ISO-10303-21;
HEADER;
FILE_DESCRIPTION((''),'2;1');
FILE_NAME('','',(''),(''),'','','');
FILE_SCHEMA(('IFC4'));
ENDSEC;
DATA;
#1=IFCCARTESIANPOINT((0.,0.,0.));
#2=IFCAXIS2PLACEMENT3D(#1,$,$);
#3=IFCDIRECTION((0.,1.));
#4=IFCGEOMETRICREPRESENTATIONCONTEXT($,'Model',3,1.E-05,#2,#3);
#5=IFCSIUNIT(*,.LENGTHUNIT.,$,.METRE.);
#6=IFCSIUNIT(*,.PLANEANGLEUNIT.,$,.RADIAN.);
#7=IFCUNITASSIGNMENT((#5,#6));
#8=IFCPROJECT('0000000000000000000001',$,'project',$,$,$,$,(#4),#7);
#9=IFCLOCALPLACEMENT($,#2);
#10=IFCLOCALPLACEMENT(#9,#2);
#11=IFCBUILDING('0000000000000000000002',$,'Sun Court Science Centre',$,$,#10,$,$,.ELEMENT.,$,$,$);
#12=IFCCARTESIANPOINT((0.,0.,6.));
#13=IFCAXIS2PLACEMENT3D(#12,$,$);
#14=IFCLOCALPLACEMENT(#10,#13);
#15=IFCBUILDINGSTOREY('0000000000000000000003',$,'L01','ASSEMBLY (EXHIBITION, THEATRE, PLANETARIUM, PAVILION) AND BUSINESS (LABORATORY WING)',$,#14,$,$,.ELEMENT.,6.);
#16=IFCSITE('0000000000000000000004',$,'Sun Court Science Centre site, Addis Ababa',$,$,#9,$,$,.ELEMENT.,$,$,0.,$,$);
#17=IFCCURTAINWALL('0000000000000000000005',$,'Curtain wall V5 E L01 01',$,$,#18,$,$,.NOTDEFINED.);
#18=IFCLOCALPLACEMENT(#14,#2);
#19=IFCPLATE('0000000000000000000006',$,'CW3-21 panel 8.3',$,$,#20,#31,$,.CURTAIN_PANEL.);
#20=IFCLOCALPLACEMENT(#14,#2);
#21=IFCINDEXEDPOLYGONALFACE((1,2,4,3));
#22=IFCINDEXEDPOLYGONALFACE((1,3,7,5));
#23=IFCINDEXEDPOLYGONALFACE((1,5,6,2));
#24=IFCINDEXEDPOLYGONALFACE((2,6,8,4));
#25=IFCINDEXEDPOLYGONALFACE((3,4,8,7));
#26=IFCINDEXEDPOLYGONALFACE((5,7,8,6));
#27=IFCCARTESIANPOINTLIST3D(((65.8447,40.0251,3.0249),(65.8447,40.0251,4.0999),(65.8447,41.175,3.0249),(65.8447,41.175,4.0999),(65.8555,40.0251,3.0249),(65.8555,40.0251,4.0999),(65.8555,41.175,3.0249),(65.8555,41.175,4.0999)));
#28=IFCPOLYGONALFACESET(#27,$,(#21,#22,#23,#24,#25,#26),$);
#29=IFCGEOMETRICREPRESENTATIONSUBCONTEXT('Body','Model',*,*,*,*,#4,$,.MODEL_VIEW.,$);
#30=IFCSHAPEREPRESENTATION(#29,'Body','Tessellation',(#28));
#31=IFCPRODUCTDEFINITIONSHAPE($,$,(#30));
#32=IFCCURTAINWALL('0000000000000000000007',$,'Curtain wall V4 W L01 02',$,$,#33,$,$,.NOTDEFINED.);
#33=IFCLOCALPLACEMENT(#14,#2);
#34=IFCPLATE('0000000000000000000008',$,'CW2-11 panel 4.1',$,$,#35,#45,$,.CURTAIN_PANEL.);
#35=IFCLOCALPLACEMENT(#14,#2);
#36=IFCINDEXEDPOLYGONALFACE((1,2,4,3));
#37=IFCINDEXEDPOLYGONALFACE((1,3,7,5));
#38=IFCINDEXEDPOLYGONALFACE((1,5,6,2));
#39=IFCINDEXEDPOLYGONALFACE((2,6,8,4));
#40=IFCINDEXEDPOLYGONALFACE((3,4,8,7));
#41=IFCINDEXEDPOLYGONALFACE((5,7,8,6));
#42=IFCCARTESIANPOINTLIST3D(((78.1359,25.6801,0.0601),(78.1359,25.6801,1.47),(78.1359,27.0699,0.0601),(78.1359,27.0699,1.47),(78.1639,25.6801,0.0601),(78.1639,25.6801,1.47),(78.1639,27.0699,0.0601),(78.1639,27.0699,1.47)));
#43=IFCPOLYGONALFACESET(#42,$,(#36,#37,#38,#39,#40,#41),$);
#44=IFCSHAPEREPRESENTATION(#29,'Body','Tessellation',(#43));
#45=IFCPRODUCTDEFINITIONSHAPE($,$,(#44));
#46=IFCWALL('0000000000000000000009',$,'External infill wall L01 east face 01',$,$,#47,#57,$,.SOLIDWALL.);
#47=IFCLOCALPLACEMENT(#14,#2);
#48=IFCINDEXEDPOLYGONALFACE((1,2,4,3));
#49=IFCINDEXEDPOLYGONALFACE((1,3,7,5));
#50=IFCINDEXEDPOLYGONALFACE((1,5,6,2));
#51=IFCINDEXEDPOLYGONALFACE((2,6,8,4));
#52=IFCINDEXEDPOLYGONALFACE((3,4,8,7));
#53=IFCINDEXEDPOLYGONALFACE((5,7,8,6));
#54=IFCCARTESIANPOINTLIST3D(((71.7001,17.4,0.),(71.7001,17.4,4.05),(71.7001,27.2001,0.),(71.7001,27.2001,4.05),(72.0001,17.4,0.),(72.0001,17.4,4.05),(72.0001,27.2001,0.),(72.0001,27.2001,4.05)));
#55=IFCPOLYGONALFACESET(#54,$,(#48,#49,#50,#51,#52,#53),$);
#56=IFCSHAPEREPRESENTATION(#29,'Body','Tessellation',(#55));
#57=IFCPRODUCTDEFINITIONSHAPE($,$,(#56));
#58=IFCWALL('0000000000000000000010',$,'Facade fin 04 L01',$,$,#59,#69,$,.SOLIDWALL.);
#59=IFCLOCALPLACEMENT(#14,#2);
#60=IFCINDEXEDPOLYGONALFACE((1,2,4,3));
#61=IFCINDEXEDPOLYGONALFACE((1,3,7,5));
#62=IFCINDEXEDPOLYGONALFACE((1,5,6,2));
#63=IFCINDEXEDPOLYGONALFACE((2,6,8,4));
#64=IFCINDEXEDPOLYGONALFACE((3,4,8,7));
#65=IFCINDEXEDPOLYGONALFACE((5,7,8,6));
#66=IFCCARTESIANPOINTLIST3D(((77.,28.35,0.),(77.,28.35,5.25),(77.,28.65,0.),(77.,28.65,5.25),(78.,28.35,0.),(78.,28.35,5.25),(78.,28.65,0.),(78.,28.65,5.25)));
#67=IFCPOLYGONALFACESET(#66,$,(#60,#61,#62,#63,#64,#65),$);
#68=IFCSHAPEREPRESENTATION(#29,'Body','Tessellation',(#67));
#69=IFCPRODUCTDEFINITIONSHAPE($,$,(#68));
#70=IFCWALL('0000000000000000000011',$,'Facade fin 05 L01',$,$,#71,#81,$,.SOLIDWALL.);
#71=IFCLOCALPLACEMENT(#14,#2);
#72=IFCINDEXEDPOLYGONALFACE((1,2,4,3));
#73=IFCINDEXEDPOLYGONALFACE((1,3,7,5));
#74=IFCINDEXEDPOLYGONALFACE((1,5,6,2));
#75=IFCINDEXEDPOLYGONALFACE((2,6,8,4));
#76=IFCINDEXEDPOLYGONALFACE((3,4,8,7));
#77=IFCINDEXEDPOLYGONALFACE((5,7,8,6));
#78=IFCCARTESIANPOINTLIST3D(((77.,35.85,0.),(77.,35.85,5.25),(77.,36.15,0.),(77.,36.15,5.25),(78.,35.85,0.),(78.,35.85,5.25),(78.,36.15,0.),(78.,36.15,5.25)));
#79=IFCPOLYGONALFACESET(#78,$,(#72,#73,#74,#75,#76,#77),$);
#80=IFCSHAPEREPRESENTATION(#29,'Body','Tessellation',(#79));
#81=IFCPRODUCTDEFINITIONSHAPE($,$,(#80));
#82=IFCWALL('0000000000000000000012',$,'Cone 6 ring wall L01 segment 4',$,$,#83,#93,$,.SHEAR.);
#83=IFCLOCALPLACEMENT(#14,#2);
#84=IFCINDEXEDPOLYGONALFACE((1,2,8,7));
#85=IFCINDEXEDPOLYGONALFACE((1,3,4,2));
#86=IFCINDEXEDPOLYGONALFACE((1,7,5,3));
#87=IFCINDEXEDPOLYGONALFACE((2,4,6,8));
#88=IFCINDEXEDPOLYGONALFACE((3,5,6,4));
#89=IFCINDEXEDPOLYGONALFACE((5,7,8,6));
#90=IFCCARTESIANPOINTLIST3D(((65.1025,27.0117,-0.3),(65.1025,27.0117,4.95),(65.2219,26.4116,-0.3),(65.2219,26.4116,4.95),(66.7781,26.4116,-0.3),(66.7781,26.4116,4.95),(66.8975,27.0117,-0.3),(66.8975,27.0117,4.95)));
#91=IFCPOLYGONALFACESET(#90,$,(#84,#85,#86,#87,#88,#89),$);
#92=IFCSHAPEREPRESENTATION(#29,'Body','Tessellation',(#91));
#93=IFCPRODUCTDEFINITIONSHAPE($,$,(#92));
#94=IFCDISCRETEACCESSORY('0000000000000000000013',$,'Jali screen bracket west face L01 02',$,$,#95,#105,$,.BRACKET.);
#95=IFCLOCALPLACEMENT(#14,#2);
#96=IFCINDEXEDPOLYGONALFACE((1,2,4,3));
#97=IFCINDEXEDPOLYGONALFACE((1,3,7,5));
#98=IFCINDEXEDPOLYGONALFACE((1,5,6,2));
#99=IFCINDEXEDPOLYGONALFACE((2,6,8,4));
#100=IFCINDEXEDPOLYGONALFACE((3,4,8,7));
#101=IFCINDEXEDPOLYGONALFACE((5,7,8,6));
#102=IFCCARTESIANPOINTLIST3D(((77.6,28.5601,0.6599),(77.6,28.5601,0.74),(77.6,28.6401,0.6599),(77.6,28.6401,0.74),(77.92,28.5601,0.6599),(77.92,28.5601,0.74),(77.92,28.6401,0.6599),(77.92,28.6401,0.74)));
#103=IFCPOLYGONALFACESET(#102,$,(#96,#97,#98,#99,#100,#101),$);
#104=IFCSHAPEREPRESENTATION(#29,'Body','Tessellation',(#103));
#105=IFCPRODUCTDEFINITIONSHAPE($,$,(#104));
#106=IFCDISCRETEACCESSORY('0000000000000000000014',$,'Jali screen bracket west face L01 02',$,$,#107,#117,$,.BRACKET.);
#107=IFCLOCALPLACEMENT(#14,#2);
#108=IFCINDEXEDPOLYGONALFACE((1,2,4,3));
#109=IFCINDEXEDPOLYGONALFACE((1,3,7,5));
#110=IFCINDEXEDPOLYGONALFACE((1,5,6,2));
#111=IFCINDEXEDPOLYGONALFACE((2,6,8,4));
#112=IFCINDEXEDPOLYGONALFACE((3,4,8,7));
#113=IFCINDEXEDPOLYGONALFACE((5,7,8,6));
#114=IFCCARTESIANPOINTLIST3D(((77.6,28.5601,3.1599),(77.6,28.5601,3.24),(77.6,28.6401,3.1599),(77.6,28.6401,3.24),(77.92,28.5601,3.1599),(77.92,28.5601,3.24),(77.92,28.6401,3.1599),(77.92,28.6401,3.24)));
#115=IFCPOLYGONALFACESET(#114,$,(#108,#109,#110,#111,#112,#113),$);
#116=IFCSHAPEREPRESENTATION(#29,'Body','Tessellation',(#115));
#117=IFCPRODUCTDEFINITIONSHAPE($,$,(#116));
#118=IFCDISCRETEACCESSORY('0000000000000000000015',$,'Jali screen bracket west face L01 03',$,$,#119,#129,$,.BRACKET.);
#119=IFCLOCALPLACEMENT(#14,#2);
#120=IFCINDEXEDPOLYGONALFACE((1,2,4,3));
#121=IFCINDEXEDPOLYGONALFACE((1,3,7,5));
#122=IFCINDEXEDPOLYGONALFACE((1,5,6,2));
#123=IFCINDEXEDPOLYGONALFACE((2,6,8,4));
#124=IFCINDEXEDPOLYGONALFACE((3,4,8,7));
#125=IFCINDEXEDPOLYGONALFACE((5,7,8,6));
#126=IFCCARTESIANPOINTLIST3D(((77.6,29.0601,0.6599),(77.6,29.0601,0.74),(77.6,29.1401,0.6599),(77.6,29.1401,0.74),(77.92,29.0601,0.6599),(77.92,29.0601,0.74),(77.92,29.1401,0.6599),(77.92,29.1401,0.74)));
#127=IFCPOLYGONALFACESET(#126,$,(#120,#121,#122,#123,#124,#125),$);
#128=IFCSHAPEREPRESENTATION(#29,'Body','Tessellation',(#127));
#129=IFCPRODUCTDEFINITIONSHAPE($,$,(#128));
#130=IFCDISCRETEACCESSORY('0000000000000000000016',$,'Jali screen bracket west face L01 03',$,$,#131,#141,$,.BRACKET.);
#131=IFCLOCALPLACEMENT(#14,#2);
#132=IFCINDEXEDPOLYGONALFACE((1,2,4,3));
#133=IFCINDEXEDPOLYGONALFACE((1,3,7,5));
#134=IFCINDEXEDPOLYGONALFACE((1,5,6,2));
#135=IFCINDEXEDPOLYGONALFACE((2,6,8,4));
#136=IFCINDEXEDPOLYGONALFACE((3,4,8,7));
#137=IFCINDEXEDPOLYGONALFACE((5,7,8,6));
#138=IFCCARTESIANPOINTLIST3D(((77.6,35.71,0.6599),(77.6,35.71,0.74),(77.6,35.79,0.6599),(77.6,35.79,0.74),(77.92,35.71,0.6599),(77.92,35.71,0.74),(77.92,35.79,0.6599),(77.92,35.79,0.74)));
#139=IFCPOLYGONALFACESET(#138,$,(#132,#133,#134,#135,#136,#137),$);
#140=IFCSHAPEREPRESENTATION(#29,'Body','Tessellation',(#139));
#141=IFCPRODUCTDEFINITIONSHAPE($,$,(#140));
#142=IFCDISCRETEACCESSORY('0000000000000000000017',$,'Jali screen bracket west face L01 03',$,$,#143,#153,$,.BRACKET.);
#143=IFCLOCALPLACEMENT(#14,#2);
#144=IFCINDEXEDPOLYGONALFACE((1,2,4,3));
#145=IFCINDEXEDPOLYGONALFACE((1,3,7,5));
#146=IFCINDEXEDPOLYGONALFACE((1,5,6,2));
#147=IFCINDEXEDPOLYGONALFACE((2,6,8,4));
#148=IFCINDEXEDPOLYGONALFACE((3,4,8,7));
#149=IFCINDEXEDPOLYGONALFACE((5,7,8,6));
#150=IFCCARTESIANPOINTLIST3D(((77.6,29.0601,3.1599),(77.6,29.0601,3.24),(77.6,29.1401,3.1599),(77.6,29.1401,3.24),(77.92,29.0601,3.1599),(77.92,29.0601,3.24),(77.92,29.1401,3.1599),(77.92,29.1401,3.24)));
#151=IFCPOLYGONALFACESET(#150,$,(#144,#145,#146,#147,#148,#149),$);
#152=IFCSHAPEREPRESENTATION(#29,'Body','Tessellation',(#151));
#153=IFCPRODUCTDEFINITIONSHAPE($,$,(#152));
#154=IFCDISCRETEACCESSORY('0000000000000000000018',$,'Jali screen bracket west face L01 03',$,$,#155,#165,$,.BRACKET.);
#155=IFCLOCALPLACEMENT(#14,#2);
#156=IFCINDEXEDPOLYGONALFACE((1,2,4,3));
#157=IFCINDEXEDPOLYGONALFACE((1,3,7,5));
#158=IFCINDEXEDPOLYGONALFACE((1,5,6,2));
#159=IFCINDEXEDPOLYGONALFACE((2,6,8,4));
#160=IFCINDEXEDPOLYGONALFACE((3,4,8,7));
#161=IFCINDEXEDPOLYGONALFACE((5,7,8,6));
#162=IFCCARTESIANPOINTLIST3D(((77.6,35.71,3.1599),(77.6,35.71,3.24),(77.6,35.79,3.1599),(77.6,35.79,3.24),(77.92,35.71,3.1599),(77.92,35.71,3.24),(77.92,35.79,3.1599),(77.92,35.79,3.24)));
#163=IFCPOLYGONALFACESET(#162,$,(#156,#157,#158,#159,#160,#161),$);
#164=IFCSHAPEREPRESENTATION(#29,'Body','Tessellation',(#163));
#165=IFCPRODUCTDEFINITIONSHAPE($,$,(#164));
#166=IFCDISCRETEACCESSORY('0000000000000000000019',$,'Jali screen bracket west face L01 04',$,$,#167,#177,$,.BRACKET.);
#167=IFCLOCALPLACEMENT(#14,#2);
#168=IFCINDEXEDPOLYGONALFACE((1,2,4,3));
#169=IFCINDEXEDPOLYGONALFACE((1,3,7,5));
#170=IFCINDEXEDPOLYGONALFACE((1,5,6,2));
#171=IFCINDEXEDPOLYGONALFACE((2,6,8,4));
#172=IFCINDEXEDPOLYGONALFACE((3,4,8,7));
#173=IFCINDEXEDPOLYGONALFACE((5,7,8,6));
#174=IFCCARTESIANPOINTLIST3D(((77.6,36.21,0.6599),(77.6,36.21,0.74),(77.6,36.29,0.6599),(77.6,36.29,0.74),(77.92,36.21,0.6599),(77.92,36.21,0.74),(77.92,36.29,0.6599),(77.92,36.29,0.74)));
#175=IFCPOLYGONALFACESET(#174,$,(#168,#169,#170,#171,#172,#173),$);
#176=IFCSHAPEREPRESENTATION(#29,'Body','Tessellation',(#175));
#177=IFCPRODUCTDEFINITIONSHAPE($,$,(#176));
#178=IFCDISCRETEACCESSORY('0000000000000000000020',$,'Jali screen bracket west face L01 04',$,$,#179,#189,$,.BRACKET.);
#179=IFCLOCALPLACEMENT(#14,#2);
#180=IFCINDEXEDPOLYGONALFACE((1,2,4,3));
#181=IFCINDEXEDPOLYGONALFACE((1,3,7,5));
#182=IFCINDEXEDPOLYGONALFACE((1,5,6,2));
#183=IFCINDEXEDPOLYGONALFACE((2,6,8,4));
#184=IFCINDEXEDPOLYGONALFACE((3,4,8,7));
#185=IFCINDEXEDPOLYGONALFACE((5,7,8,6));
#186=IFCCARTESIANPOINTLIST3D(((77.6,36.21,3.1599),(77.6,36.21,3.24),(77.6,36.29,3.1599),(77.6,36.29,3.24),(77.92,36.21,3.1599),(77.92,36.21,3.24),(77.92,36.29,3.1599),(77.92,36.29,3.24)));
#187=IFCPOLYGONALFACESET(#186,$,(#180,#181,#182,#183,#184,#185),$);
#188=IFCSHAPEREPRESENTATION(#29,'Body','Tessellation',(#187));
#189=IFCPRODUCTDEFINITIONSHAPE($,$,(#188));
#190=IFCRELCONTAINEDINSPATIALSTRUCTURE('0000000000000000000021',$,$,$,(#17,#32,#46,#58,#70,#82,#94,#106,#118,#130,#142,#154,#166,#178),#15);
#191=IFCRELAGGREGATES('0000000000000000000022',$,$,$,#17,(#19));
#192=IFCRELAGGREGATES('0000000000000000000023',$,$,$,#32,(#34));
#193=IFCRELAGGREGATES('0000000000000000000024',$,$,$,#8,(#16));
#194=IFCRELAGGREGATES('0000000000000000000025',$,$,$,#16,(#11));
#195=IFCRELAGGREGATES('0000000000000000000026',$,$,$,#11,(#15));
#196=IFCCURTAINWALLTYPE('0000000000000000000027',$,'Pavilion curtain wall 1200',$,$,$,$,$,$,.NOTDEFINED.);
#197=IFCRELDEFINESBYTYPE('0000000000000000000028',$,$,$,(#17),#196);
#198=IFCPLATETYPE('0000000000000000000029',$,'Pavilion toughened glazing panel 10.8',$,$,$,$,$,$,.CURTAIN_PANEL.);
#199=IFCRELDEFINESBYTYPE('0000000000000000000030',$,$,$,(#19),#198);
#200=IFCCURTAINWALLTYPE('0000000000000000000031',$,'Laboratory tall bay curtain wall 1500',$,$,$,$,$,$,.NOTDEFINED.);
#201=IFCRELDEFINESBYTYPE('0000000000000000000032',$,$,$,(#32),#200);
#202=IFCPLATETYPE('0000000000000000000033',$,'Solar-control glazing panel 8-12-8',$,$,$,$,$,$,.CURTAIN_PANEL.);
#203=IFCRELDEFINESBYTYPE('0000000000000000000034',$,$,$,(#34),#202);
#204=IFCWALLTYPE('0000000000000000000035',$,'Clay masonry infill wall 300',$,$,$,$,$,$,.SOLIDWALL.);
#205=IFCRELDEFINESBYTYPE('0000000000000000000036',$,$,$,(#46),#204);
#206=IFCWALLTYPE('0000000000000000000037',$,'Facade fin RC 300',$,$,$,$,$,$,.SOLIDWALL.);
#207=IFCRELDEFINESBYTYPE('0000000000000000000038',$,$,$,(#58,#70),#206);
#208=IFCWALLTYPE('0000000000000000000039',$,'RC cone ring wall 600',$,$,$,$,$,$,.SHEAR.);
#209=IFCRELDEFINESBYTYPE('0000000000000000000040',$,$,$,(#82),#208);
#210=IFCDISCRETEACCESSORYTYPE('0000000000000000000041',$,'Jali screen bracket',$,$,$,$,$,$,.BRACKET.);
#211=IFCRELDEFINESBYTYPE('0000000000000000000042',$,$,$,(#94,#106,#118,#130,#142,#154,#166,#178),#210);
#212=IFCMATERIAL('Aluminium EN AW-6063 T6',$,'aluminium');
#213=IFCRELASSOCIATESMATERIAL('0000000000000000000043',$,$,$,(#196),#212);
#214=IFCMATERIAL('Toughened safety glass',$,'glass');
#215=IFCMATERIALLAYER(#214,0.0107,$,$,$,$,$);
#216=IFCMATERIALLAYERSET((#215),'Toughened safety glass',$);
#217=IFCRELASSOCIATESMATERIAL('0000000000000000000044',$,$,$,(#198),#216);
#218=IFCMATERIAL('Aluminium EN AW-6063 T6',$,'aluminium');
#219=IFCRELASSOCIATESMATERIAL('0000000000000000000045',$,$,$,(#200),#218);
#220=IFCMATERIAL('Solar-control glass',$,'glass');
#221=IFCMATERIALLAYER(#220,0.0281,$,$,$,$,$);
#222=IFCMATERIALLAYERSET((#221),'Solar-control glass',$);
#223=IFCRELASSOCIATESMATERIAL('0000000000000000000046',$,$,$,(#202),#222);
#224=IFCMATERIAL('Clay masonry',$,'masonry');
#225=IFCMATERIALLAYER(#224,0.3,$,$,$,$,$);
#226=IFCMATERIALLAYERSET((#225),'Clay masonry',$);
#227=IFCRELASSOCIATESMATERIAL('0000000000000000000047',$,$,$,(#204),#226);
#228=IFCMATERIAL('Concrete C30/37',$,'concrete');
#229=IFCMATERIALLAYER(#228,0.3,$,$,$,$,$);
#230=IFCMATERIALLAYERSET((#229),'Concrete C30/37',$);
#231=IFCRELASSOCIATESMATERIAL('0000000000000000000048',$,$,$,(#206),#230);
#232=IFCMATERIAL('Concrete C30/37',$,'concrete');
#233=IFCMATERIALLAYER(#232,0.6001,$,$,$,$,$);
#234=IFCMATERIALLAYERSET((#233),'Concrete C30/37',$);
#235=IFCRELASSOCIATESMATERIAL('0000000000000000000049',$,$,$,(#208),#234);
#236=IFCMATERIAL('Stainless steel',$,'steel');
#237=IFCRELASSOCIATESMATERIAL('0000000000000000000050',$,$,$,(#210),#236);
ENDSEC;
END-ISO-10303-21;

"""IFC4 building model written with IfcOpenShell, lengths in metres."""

from ifc_helpers import new_model, si_unit, direction, frame, frame_2d, origin, origin_2d, place, context, subcontext, project, spatial, polyline, rectangle, outline, extrude, material, layer, layer_set, type_object, element, aggregate, save


model = new_model("IFC4")

# Units and contexts
model_context = context("Model", 3, precision=1e-05, world=origin(), true_north=direction((0.0, 1.0)))
body_context = subcontext(model_context, "Body", "Model", "MODEL_VIEW")
ifc_project = project(units=[si_unit("LENGTHUNIT", "METRE"), si_unit("PLANEANGLEUNIT", "RADIAN")], contexts=[model_context])

# Site, building, storey
site_placement = place(None, origin())
site = spatial("IfcSite", under=ifc_project, at=site_placement, Name="Sun Court Science Centre site, Addis Ababa", CompositionType="ELEMENT", RefElevation=0.0)
building_placement = place(site_placement, origin())
building = spatial("IfcBuilding", under=site, at=building_placement, Name="Sun Court Science Centre", CompositionType="ELEMENT")
storey_placement = place(building_placement, frame((0.0, 0.0, 6.0)))
storey = spatial("IfcBuildingStorey", under=building, at=storey_placement, Name="L01", Description="ASSEMBLY (EXHIBITION, THEATRE, PLANETARIUM, PAVILION) AND BUSINESS (LABORATORY WING)", CompositionType="ELEMENT", Elevation=6.0)

# Curtain wall
ifc_material_1 = material(Name="Aluminium EN AW-6063 T6", Category="aluminium")
curtain_wall_type_1 = type_object("IfcCurtainWallType", Name="Pavilion curtain wall 1200", PredefinedType="NOTDEFINED", material=ifc_material_1)
curtain_wall_1_placement = place(storey_placement, origin())
curtain_wall_1 = element("IfcCurtainWall", 1, at=curtain_wall_1_placement, inside=storey, type_object=curtain_wall_type_1, Name="Curtain wall V5 E L01 01", PredefinedType="NOTDEFINED")

# Plate
ifc_material_2 = material(Name="Toughened safety glass", Category="glass")
ifc_layer_1 = layer(ifc_material_2, 0.0107)
ifc_layer_set_1 = layer_set([ifc_layer_1], Name="Toughened safety glass")
plate_type_1 = type_object("IfcPlateType", Name="Pavilion toughened glazing panel 10.8", PredefinedType="CURTAIN_PANEL", material=ifc_layer_set_1)
plate_1_placement = place(storey_placement, frame((65.8501, 40.6001, 3.0249), z_axis=(0.0, 0.0, 1.0), x_axis=(0.0, -1.0, 0.0)))
plate_1 = element("IfcPlate", 2, at=plate_1_placement, type_object=plate_type_1, Name="CW3-21 panel 8.3", PredefinedType="CURTAIN_PANEL", context=body_context, shape_type="SweptSolid", body=[
    extrude(rectangle(XDim=1.1499, YDim=0.0107, at=origin_2d()), origin(), (0.0, 0.0, 1.0), 1.075),
])
aggregate(curtain_wall_1, [plate_1])

# Curtain wall, plate
ifc_material_3 = material(Name="Aluminium EN AW-6063 T6", Category="aluminium")
curtain_wall_type_2 = type_object("IfcCurtainWallType", Name="Laboratory tall bay curtain wall 1500", PredefinedType="NOTDEFINED", material=ifc_material_3)
curtain_wall_2_placement = place(storey_placement, origin())
curtain_wall_2 = element("IfcCurtainWall", 3, at=curtain_wall_2_placement, inside=storey, type_object=curtain_wall_type_2, Name="Curtain wall V4 W L01 02", PredefinedType="NOTDEFINED")
ifc_material_4 = material(Name="Solar-control glass", Category="glass")
ifc_layer_2 = layer(ifc_material_4, 0.0281)
ifc_layer_set_2 = layer_set([ifc_layer_2], Name="Solar-control glass")
plate_type_2 = type_object("IfcPlateType", Name="Solar-control glazing panel 8-12-8", PredefinedType="CURTAIN_PANEL", material=ifc_layer_set_2)
plate_2_placement = place(storey_placement, frame((78.1499, 26.375, 0.0601), z_axis=(0.0, 0.0, 1.0), x_axis=(0.0, 1.0, 0.0)))
plate_2 = element("IfcPlate", 4, at=plate_2_placement, type_object=plate_type_2, Name="CW2-11 panel 4.1", PredefinedType="CURTAIN_PANEL", context=body_context, shape_type="SweptSolid", body=[
    extrude(rectangle(XDim=1.3899, YDim=0.0281, at=origin_2d()), origin(), (0.0, 0.0, 1.0), 1.4099),
])
aggregate(curtain_wall_2, [plate_2])

# Walls
ifc_material_5 = material(Name="Clay masonry", Category="masonry")
ifc_layer_3 = layer(ifc_material_5, 0.3)
ifc_layer_set_3 = layer_set([ifc_layer_3], Name="Clay masonry")
wall_type_1 = type_object("IfcWallType", Name="Clay masonry infill wall 300", PredefinedType="SOLIDWALL", material=ifc_layer_set_3)
wall_1_placement = place(storey_placement, frame((71.8501, 27.2, 0.0), z_axis=(0.0, 0.0, 1.0), x_axis=(0.0, -1.0, 0.0)))
element("IfcWall", 5, at=wall_1_placement, inside=storey, type_object=wall_type_1, Name="External infill wall L01 east face 01", PredefinedType="SOLIDWALL", context=body_context, shape_type="SweptSolid", body=[
    extrude(rectangle(XDim=9.8, YDim=0.3, at=frame_2d((4.8999, 0.0))), origin(), (0.0, 0.0, 1.0), 4.05),
])
ifc_material_6 = material(Name="Concrete C30/37", Category="concrete")
ifc_layer_4 = layer(ifc_material_6, 0.3)
ifc_layer_set_4 = layer_set([ifc_layer_4], Name="Concrete C30/37")
wall_type_2 = type_object("IfcWallType", Name="Facade fin RC 300", PredefinedType="SOLIDWALL", material=ifc_layer_set_4)
for number, where, z_axis, x_axis, name in (
    (6, (77.0, 28.5, 0.0), (0.0, 0.0, 1.0), (1.0, 0.0, 0.0), "Facade fin 04 L01"),
    (7, (77.0, 36.0, 0.0), (0.0, 0.0, 1.0), (1.0, 0.0, 0.0), "Facade fin 05 L01"),
):
    element("IfcWall", number, at=place(storey_placement, frame(where, z_axis=z_axis, x_axis=x_axis)), inside=storey, type_object=wall_type_2, Name=name, PredefinedType="SOLIDWALL", context=body_context, shape_type="SweptSolid", body=[
        extrude(rectangle(XDim=1.0, YDim=0.3, at=frame_2d((0.5, 0.0))), origin(), (0.0, 0.0, 1.0), 5.25),
    ])
ifc_material_7 = material(Name="Concrete C30/37", Category="concrete")
ifc_layer_5 = layer(ifc_material_7, 0.6001)
ifc_layer_set_5 = layer_set([ifc_layer_5], Name="Concrete C30/37")
wall_type_3 = type_object("IfcWallType", Name="RC cone ring wall 600", PredefinedType="SHEAR", material=ifc_layer_set_5)
wall_2_placement = place(storey_placement, frame((66.8975, 26.7117, -0.3), z_axis=(0.0, 0.0, 1.0), x_axis=(-1.0, 0.0, 0.0)))
element("IfcWall", 8, at=wall_2_placement, inside=storey, type_object=wall_type_3, Name="Cone 6 ring wall L01 segment 4", PredefinedType="SHEAR", context=body_context, shape_type="SweptSolid", body=[
    extrude(outline(polyline([(0.0, -0.3), (1.7949, -0.3), (1.6755, 0.3), (0.1194, 0.3), (0.0, -0.3)])), origin(), (0.0, 0.0, 1.0), 5.25),
])

# Discrete accessories
ifc_material_8 = material(Name="Stainless steel", Category="steel")
discrete_accessory_type = type_object("IfcDiscreteAccessoryType", Name="Jali screen bracket", PredefinedType="BRACKET", material=ifc_material_8)
for number, where, z_axis, x_axis, name in (
    (9, (77.76, 28.6001, 0.6599), (0.0, 0.0, 1.0), (0.0, 1.0, 0.0), "Jali screen bracket west face L01 02"),
    (10, (77.76, 28.6001, 3.1599), (0.0, 0.0, 1.0), (0.0, 1.0, 0.0), "Jali screen bracket west face L01 02"),
    (11, (77.76, 29.1001, 0.6599), (0.0, 0.0, 1.0), (0.0, 1.0, 0.0), "Jali screen bracket west face L01 03"),
    (12, (77.76, 35.75, 0.6599), (0.0, 0.0, 1.0), (0.0, 1.0, 0.0), "Jali screen bracket west face L01 03"),
    (13, (77.76, 29.1001, 3.1599), (0.0, 0.0, 1.0), (0.0, 1.0, 0.0), "Jali screen bracket west face L01 03"),
    (14, (77.76, 35.75, 3.1599), (0.0, 0.0, 1.0), (0.0, 1.0, 0.0), "Jali screen bracket west face L01 03"),
    (15, (77.76, 36.25, 0.6599), (0.0, 0.0, 1.0), (0.0, 1.0, 0.0), "Jali screen bracket west face L01 04"),
    (16, (77.76, 36.25, 3.1599), (0.0, 0.0, 1.0), (0.0, 1.0, 0.0), "Jali screen bracket west face L01 04"),
):
    element("IfcDiscreteAccessory", number, at=place(storey_placement, frame(where, z_axis=z_axis, x_axis=x_axis)), inside=storey, type_object=discrete_accessory_type, Name=name, PredefinedType="BRACKET", context=body_context, shape_type="SweptSolid", body=[
        extrude(rectangle(XDim=0.0801, YDim=0.3201, at=origin_2d()), origin(), (0.0, 0.0, 1.0), 0.0801),
    ])

save(model, "model.ifc")
